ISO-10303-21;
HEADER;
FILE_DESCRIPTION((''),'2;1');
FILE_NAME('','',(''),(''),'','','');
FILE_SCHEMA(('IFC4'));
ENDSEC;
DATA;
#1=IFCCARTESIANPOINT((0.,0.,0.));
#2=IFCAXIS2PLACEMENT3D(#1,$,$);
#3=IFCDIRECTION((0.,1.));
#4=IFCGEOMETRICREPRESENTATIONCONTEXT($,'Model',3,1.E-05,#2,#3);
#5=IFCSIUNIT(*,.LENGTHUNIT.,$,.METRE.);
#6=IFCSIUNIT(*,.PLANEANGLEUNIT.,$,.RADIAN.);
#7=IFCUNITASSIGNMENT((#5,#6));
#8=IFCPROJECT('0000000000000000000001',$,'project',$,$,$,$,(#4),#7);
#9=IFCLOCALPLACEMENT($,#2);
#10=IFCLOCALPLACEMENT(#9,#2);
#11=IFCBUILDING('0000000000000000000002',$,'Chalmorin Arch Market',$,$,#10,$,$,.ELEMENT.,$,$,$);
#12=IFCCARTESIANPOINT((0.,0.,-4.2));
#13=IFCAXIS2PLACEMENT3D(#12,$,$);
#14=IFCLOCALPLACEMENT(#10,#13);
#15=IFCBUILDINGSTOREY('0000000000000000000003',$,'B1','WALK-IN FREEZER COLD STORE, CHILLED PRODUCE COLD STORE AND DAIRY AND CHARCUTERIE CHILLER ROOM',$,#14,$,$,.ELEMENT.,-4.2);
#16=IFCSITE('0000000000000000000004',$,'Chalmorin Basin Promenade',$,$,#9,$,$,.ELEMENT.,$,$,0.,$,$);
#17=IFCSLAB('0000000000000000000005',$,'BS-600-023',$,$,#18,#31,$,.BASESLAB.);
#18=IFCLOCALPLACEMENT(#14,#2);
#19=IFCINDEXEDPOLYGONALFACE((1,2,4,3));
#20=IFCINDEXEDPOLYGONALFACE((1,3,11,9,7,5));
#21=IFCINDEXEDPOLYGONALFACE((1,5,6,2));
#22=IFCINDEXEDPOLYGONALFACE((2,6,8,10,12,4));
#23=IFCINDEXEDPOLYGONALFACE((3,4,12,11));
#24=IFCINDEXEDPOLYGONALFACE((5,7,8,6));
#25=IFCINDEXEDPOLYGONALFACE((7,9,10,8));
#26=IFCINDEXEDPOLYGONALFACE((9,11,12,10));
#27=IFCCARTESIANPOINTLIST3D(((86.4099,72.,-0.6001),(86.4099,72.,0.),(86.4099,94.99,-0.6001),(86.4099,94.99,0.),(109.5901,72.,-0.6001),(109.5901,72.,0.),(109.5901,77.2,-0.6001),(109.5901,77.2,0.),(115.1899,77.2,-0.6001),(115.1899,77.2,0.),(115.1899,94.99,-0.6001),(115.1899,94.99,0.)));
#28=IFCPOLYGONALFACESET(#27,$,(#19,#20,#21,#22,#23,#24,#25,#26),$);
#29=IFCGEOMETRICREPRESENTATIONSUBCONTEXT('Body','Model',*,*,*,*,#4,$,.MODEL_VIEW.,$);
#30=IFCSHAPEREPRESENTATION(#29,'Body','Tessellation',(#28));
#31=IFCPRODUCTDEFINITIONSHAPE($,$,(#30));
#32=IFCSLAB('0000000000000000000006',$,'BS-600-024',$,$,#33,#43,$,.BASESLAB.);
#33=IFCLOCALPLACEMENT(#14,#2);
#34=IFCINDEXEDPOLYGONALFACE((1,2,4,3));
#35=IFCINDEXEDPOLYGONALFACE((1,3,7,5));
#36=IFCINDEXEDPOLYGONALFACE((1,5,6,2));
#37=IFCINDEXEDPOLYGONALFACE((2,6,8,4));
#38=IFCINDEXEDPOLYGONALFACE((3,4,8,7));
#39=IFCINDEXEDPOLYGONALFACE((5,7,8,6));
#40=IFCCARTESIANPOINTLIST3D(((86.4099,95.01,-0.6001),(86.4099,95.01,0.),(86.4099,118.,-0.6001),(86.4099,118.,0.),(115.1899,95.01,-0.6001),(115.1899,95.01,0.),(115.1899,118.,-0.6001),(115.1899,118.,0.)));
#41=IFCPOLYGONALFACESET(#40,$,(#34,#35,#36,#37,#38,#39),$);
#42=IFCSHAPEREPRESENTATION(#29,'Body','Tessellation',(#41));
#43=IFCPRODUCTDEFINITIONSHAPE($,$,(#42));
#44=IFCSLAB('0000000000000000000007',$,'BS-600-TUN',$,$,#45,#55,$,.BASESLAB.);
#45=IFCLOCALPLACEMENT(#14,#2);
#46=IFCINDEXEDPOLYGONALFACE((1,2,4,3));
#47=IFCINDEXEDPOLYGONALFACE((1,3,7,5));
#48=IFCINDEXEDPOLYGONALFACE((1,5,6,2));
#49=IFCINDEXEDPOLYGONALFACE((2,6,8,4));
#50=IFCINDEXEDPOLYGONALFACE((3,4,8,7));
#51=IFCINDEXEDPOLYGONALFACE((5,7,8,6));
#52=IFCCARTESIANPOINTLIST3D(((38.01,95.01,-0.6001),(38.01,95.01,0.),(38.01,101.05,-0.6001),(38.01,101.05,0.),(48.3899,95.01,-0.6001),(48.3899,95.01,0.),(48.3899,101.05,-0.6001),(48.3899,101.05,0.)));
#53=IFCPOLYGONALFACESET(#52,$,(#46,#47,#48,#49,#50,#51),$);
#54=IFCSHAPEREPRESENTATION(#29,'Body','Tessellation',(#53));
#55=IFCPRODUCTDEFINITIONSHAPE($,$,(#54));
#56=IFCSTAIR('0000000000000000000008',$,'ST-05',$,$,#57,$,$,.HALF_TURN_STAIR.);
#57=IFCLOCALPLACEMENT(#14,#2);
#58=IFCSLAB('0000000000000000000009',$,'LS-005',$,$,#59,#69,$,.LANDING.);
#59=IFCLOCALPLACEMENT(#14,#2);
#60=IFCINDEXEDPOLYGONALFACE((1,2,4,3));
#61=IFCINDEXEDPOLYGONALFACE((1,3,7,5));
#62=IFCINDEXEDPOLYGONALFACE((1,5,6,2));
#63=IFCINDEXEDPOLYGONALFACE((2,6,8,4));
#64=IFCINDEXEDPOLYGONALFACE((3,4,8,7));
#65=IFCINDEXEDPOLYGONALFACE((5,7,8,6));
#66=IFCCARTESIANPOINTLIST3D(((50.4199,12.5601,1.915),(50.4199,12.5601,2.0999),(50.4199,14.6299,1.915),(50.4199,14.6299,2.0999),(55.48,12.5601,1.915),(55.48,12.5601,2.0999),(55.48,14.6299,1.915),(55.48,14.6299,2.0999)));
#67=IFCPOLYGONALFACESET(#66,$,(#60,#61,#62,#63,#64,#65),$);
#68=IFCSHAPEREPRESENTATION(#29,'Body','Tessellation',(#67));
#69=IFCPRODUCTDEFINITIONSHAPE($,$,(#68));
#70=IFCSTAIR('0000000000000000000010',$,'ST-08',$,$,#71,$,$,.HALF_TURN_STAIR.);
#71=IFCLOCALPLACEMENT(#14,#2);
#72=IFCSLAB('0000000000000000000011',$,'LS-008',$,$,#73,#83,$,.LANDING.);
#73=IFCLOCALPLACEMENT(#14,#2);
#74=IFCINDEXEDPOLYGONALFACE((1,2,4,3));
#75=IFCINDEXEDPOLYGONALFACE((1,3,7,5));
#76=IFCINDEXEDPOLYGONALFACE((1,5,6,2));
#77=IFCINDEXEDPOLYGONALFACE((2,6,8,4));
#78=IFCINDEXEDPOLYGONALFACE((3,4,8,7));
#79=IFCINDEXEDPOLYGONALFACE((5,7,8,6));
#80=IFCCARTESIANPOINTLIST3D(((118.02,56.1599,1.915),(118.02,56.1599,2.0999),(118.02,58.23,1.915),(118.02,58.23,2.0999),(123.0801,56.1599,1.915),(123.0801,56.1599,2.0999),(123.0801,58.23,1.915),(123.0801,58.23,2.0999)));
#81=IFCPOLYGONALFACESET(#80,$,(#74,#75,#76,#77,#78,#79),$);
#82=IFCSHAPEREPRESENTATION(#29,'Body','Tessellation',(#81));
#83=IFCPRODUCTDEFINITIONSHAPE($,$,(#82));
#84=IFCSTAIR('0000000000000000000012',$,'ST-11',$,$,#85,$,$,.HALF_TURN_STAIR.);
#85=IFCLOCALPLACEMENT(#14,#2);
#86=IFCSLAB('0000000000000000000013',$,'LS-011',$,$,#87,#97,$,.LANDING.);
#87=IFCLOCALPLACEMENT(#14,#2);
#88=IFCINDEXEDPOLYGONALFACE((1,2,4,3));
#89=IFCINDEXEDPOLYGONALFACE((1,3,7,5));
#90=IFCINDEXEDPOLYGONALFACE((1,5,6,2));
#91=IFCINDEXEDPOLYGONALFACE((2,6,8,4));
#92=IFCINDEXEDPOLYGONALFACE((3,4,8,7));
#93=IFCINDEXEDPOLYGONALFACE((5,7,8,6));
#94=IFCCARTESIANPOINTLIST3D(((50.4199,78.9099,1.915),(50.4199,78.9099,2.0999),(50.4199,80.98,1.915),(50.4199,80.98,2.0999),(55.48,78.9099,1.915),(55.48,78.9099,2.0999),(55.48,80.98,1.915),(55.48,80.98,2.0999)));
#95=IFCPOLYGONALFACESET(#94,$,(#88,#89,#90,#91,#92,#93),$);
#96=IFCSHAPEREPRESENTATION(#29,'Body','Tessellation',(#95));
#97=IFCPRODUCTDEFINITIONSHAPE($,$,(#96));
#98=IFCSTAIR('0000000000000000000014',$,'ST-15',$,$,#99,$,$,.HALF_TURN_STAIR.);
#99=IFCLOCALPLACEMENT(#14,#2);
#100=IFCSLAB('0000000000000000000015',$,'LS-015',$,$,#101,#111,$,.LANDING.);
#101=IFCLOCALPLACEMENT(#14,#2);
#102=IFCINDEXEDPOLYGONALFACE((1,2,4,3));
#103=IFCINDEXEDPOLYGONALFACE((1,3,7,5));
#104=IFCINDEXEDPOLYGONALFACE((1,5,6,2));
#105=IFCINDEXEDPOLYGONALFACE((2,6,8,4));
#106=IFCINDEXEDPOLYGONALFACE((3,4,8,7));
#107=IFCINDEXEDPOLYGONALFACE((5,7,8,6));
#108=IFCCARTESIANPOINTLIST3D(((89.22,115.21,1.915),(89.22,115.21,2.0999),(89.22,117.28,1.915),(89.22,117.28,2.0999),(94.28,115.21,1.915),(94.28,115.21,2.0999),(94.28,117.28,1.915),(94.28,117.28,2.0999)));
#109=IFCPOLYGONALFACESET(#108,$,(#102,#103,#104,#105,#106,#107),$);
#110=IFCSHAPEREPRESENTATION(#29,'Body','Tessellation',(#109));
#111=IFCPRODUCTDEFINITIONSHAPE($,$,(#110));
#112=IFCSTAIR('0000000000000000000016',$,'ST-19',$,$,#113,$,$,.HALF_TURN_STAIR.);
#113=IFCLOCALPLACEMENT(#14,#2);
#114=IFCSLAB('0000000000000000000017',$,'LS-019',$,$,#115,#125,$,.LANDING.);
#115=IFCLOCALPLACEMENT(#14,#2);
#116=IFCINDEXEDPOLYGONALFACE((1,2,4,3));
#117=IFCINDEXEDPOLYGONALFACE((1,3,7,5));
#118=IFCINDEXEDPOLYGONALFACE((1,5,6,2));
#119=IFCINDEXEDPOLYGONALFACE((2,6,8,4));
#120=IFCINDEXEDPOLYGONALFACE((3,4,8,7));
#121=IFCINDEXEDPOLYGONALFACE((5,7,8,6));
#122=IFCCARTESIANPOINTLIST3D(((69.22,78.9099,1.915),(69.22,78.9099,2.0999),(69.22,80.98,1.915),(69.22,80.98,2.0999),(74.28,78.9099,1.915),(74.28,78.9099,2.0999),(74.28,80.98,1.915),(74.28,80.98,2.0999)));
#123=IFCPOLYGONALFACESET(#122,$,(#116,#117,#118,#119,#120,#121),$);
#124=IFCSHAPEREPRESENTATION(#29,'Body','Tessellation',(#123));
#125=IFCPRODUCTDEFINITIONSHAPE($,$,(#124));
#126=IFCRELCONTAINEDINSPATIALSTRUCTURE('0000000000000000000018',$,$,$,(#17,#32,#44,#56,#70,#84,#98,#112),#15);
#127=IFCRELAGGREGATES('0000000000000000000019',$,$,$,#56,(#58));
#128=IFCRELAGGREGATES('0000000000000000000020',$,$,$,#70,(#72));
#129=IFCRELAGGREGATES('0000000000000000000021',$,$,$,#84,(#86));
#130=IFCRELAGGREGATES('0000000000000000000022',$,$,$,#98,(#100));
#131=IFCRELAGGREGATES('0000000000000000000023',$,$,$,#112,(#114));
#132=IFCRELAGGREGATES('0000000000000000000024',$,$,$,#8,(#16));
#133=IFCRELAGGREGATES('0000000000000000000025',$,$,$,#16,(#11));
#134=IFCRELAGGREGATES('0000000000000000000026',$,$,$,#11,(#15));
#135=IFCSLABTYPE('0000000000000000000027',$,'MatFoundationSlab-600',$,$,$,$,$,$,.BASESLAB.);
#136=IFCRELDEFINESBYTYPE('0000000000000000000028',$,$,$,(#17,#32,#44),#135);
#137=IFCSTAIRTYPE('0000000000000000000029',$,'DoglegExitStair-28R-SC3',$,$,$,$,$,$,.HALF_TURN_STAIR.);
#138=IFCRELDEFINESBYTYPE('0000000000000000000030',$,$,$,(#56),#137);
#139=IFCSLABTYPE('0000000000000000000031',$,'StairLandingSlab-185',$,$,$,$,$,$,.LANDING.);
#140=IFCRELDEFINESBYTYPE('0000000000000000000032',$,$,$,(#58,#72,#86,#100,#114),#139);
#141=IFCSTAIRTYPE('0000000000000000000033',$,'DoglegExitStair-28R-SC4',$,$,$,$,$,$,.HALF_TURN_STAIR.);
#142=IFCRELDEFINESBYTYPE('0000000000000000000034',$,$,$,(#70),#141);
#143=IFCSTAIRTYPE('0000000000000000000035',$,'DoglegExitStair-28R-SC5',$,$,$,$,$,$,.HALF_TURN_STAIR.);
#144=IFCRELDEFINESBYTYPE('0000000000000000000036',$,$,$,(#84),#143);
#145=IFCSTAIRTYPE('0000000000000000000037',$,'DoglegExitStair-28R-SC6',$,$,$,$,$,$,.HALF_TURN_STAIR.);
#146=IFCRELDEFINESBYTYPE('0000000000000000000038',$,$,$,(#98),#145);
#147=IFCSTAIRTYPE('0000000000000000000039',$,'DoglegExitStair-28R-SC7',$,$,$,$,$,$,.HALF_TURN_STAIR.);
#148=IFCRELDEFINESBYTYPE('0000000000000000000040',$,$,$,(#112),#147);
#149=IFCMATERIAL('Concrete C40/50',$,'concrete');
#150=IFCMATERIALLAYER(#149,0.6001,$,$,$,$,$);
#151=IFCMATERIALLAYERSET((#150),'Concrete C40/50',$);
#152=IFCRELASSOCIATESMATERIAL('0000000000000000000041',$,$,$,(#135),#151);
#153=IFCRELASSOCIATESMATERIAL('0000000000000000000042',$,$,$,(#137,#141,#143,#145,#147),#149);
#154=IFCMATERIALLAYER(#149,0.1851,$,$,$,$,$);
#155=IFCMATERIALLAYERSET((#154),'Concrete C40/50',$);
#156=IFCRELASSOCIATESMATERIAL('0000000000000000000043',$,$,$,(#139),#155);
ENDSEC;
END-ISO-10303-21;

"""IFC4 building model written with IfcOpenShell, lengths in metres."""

from ifc_helpers import new_model, si_unit, direction, frame, origin, place, context, subcontext, project, spatial, polyline, outline, extrude, material, layer, layer_set, type_object, element, aggregate, save


model = new_model("IFC4")

# Units and contexts
model_context = context("Model", 3, precision=1e-05, world=origin(), true_north=direction((0.0, 1.0)))
body_context = subcontext(model_context, "Body", "Model", "MODEL_VIEW")
ifc_project = project(units=[si_unit("LENGTHUNIT", "METRE"), si_unit("PLANEANGLEUNIT", "RADIAN")], contexts=[model_context])

# Site, building, storey
site_placement = place(None, origin())
site = spatial("IfcSite", under=ifc_project, at=site_placement, Name="Chalmorin Basin Promenade", CompositionType="ELEMENT", RefElevation=0.0)
building_placement = place(site_placement, origin())
building = spatial("IfcBuilding", under=site, at=building_placement, Name="Chalmorin Arch Market", CompositionType="ELEMENT")
storey_placement = place(building_placement, frame((0.0, 0.0, -4.2)))
storey = spatial("IfcBuildingStorey", under=building, at=storey_placement, Name="B1", Description="WALK-IN FREEZER COLD STORE, CHILLED PRODUCE COLD STORE AND DAIRY AND CHARCUTERIE CHILLER ROOM", CompositionType="ELEMENT", Elevation=-4.2)

# Shared definitions
ifc_material_1 = material(Name="Concrete C40/50", Category="concrete")

# Slabs
ifc_layer_1 = layer(ifc_material_1, 0.6001)
ifc_layer_set_1 = layer_set([ifc_layer_1], Name="Concrete C40/50")
slab_type_1 = type_object("IfcSlabType", Name="MatFoundationSlab-600", PredefinedType="BASESLAB", material=ifc_layer_set_1)
slab_1_placement = place(storey_placement, frame((0.0, 0.0, -0.6001)))
element("IfcSlab", 1, at=slab_1_placement, inside=storey, type_object=slab_type_1, Name="BS-600-023", PredefinedType="BASESLAB", context=body_context, shape_type="SweptSolid", body=[
    extrude(outline(polyline([(86.4099, 72.0), (109.5901, 72.0), (109.5901, 77.2), (115.1899, 77.2), (115.1899, 94.99), (86.4099, 94.99), (86.4099, 72.0)])), origin(), (0.0, 0.0, 1.0), 0.6001),
])
slab_2_placement = place(storey_placement, frame((0.0, 0.0, -0.6001)))
element("IfcSlab", 2, at=slab_2_placement, inside=storey, type_object=slab_type_1, Name="BS-600-024", PredefinedType="BASESLAB", context=body_context, shape_type="SweptSolid", body=[
    extrude(outline(polyline([(86.4099, 95.01), (115.1899, 95.01), (115.1899, 118.0), (86.4099, 118.0), (86.4099, 95.01)])), origin(), (0.0, 0.0, 1.0), 0.6001),
])
slab_3_placement = place(storey_placement, frame((0.0, 0.0, -0.6001)))
element("IfcSlab", 3, at=slab_3_placement, inside=storey, type_object=slab_type_1, Name="BS-600-TUN", PredefinedType="BASESLAB", context=body_context, shape_type="SweptSolid", body=[
    extrude(outline(polyline([(38.01, 95.01), (48.3899, 95.01), (48.3899, 101.05), (38.01, 101.05), (38.01, 95.01)])), origin(), (0.0, 0.0, 1.0), 0.6001),
])

# Stairs, slabs
stair_type_1 = type_object("IfcStairType", Name="DoglegExitStair-28R-SC3", PredefinedType="HALF_TURN_STAIR", material=ifc_material_1)
stair_1_placement = place(storey_placement, origin())
stair_1 = element("IfcStair", 4, at=stair_1_placement, inside=storey, type_object=stair_type_1, Name="ST-05", PredefinedType="HALF_TURN_STAIR")
ifc_layer_2 = layer(ifc_material_1, 0.1851)
ifc_layer_set_2 = layer_set([ifc_layer_2], Name="Concrete C40/50")
slab_type_2 = type_object("IfcSlabType", Name="StairLandingSlab-185", PredefinedType="LANDING", material=ifc_layer_set_2)
slab_4_placement = place(storey_placement, frame((0.0, 0.0, 1.915)))
slab_4 = element("IfcSlab", 5, at=slab_4_placement, type_object=slab_type_2, Name="LS-005", PredefinedType="LANDING", context=body_context, shape_type="SweptSolid", body=[
    extrude(outline(polyline([(50.4199, 12.5601), (55.48, 12.5601), (55.48, 14.6299), (50.4199, 14.6299), (50.4199, 12.5601)])), origin(), (0.0, 0.0, 1.0), 0.1848),
])
aggregate(stair_1, [slab_4])
stair_type_2 = type_object("IfcStairType", Name="DoglegExitStair-28R-SC4", PredefinedType="HALF_TURN_STAIR", material=ifc_material_1)
stair_2_placement = place(storey_placement, origin())
stair_2 = element("IfcStair", 6, at=stair_2_placement, inside=storey, type_object=stair_type_2, Name="ST-08", PredefinedType="HALF_TURN_STAIR")
slab_5_placement = place(storey_placement, frame((0.0, 0.0, 1.915)))
slab_5 = element("IfcSlab", 7, at=slab_5_placement, type_object=slab_type_2, Name="LS-008", PredefinedType="LANDING", context=body_context, shape_type="SweptSolid", body=[
    extrude(outline(polyline([(118.02, 56.1599), (123.0801, 56.1599), (123.0801, 58.23), (118.02, 58.23), (118.02, 56.1599)])), origin(), (0.0, 0.0, 1.0), 0.1848),
])
aggregate(stair_2, [slab_5])
stair_type_3 = type_object("IfcStairType", Name="DoglegExitStair-28R-SC5", PredefinedType="HALF_TURN_STAIR", material=ifc_material_1)
stair_3_placement = place(storey_placement, origin())
stair_3 = element("IfcStair", 8, at=stair_3_placement, inside=storey, type_object=stair_type_3, Name="ST-11", PredefinedType="HALF_TURN_STAIR")
slab_6_placement = place(storey_placement, frame((0.0, 0.0, 1.915)))
slab_6 = element("IfcSlab", 9, at=slab_6_placement, type_object=slab_type_2, Name="LS-011", PredefinedType="LANDING", context=body_context, shape_type="SweptSolid", body=[
    extrude(outline(polyline([(50.4199, 78.9099), (55.48, 78.9099), (55.48, 80.98), (50.4199, 80.98), (50.4199, 78.9099)])), origin(), (0.0, 0.0, 1.0), 0.1848),
])
aggregate(stair_3, [slab_6])
stair_type_4 = type_object("IfcStairType", Name="DoglegExitStair-28R-SC6", PredefinedType="HALF_TURN_STAIR", material=ifc_material_1)
stair_4_placement = place(storey_placement, origin())
stair_4 = element("IfcStair", 10, at=stair_4_placement, inside=storey, type_object=stair_type_4, Name="ST-15", PredefinedType="HALF_TURN_STAIR")
slab_7_placement = place(storey_placement, frame((0.0, 0.0, 1.915)))
slab_7 = element("IfcSlab", 11, at=slab_7_placement, type_object=slab_type_2, Name="LS-015", PredefinedType="LANDING", context=body_context, shape_type="SweptSolid", body=[
    extrude(outline(polyline([(89.22, 115.21), (94.28, 115.21), (94.28, 117.28), (89.22, 117.28), (89.22, 115.21)])), origin(), (0.0, 0.0, 1.0), 0.1848),
])
aggregate(stair_4, [slab_7])
stair_type_5 = type_object("IfcStairType", Name="DoglegExitStair-28R-SC7", PredefinedType="HALF_TURN_STAIR", material=ifc_material_1)
stair_5_placement = place(storey_placement, origin())
stair_5 = element("IfcStair", 12, at=stair_5_placement, inside=storey, type_object=stair_type_5, Name="ST-19", PredefinedType="HALF_TURN_STAIR")
slab_8_placement = place(storey_placement, frame((0.0, 0.0, 1.915)))
slab_8 = element("IfcSlab", 13, at=slab_8_placement, type_object=slab_type_2, Name="LS-019", PredefinedType="LANDING", context=body_context, shape_type="SweptSolid", body=[
    extrude(outline(polyline([(69.22, 78.9099), (74.28, 78.9099), (74.28, 80.98), (69.22, 80.98), (69.22, 78.9099)])), origin(), (0.0, 0.0, 1.0), 0.1848),
])
aggregate(stair_5, [slab_8])

save(model, "model.ifc")
